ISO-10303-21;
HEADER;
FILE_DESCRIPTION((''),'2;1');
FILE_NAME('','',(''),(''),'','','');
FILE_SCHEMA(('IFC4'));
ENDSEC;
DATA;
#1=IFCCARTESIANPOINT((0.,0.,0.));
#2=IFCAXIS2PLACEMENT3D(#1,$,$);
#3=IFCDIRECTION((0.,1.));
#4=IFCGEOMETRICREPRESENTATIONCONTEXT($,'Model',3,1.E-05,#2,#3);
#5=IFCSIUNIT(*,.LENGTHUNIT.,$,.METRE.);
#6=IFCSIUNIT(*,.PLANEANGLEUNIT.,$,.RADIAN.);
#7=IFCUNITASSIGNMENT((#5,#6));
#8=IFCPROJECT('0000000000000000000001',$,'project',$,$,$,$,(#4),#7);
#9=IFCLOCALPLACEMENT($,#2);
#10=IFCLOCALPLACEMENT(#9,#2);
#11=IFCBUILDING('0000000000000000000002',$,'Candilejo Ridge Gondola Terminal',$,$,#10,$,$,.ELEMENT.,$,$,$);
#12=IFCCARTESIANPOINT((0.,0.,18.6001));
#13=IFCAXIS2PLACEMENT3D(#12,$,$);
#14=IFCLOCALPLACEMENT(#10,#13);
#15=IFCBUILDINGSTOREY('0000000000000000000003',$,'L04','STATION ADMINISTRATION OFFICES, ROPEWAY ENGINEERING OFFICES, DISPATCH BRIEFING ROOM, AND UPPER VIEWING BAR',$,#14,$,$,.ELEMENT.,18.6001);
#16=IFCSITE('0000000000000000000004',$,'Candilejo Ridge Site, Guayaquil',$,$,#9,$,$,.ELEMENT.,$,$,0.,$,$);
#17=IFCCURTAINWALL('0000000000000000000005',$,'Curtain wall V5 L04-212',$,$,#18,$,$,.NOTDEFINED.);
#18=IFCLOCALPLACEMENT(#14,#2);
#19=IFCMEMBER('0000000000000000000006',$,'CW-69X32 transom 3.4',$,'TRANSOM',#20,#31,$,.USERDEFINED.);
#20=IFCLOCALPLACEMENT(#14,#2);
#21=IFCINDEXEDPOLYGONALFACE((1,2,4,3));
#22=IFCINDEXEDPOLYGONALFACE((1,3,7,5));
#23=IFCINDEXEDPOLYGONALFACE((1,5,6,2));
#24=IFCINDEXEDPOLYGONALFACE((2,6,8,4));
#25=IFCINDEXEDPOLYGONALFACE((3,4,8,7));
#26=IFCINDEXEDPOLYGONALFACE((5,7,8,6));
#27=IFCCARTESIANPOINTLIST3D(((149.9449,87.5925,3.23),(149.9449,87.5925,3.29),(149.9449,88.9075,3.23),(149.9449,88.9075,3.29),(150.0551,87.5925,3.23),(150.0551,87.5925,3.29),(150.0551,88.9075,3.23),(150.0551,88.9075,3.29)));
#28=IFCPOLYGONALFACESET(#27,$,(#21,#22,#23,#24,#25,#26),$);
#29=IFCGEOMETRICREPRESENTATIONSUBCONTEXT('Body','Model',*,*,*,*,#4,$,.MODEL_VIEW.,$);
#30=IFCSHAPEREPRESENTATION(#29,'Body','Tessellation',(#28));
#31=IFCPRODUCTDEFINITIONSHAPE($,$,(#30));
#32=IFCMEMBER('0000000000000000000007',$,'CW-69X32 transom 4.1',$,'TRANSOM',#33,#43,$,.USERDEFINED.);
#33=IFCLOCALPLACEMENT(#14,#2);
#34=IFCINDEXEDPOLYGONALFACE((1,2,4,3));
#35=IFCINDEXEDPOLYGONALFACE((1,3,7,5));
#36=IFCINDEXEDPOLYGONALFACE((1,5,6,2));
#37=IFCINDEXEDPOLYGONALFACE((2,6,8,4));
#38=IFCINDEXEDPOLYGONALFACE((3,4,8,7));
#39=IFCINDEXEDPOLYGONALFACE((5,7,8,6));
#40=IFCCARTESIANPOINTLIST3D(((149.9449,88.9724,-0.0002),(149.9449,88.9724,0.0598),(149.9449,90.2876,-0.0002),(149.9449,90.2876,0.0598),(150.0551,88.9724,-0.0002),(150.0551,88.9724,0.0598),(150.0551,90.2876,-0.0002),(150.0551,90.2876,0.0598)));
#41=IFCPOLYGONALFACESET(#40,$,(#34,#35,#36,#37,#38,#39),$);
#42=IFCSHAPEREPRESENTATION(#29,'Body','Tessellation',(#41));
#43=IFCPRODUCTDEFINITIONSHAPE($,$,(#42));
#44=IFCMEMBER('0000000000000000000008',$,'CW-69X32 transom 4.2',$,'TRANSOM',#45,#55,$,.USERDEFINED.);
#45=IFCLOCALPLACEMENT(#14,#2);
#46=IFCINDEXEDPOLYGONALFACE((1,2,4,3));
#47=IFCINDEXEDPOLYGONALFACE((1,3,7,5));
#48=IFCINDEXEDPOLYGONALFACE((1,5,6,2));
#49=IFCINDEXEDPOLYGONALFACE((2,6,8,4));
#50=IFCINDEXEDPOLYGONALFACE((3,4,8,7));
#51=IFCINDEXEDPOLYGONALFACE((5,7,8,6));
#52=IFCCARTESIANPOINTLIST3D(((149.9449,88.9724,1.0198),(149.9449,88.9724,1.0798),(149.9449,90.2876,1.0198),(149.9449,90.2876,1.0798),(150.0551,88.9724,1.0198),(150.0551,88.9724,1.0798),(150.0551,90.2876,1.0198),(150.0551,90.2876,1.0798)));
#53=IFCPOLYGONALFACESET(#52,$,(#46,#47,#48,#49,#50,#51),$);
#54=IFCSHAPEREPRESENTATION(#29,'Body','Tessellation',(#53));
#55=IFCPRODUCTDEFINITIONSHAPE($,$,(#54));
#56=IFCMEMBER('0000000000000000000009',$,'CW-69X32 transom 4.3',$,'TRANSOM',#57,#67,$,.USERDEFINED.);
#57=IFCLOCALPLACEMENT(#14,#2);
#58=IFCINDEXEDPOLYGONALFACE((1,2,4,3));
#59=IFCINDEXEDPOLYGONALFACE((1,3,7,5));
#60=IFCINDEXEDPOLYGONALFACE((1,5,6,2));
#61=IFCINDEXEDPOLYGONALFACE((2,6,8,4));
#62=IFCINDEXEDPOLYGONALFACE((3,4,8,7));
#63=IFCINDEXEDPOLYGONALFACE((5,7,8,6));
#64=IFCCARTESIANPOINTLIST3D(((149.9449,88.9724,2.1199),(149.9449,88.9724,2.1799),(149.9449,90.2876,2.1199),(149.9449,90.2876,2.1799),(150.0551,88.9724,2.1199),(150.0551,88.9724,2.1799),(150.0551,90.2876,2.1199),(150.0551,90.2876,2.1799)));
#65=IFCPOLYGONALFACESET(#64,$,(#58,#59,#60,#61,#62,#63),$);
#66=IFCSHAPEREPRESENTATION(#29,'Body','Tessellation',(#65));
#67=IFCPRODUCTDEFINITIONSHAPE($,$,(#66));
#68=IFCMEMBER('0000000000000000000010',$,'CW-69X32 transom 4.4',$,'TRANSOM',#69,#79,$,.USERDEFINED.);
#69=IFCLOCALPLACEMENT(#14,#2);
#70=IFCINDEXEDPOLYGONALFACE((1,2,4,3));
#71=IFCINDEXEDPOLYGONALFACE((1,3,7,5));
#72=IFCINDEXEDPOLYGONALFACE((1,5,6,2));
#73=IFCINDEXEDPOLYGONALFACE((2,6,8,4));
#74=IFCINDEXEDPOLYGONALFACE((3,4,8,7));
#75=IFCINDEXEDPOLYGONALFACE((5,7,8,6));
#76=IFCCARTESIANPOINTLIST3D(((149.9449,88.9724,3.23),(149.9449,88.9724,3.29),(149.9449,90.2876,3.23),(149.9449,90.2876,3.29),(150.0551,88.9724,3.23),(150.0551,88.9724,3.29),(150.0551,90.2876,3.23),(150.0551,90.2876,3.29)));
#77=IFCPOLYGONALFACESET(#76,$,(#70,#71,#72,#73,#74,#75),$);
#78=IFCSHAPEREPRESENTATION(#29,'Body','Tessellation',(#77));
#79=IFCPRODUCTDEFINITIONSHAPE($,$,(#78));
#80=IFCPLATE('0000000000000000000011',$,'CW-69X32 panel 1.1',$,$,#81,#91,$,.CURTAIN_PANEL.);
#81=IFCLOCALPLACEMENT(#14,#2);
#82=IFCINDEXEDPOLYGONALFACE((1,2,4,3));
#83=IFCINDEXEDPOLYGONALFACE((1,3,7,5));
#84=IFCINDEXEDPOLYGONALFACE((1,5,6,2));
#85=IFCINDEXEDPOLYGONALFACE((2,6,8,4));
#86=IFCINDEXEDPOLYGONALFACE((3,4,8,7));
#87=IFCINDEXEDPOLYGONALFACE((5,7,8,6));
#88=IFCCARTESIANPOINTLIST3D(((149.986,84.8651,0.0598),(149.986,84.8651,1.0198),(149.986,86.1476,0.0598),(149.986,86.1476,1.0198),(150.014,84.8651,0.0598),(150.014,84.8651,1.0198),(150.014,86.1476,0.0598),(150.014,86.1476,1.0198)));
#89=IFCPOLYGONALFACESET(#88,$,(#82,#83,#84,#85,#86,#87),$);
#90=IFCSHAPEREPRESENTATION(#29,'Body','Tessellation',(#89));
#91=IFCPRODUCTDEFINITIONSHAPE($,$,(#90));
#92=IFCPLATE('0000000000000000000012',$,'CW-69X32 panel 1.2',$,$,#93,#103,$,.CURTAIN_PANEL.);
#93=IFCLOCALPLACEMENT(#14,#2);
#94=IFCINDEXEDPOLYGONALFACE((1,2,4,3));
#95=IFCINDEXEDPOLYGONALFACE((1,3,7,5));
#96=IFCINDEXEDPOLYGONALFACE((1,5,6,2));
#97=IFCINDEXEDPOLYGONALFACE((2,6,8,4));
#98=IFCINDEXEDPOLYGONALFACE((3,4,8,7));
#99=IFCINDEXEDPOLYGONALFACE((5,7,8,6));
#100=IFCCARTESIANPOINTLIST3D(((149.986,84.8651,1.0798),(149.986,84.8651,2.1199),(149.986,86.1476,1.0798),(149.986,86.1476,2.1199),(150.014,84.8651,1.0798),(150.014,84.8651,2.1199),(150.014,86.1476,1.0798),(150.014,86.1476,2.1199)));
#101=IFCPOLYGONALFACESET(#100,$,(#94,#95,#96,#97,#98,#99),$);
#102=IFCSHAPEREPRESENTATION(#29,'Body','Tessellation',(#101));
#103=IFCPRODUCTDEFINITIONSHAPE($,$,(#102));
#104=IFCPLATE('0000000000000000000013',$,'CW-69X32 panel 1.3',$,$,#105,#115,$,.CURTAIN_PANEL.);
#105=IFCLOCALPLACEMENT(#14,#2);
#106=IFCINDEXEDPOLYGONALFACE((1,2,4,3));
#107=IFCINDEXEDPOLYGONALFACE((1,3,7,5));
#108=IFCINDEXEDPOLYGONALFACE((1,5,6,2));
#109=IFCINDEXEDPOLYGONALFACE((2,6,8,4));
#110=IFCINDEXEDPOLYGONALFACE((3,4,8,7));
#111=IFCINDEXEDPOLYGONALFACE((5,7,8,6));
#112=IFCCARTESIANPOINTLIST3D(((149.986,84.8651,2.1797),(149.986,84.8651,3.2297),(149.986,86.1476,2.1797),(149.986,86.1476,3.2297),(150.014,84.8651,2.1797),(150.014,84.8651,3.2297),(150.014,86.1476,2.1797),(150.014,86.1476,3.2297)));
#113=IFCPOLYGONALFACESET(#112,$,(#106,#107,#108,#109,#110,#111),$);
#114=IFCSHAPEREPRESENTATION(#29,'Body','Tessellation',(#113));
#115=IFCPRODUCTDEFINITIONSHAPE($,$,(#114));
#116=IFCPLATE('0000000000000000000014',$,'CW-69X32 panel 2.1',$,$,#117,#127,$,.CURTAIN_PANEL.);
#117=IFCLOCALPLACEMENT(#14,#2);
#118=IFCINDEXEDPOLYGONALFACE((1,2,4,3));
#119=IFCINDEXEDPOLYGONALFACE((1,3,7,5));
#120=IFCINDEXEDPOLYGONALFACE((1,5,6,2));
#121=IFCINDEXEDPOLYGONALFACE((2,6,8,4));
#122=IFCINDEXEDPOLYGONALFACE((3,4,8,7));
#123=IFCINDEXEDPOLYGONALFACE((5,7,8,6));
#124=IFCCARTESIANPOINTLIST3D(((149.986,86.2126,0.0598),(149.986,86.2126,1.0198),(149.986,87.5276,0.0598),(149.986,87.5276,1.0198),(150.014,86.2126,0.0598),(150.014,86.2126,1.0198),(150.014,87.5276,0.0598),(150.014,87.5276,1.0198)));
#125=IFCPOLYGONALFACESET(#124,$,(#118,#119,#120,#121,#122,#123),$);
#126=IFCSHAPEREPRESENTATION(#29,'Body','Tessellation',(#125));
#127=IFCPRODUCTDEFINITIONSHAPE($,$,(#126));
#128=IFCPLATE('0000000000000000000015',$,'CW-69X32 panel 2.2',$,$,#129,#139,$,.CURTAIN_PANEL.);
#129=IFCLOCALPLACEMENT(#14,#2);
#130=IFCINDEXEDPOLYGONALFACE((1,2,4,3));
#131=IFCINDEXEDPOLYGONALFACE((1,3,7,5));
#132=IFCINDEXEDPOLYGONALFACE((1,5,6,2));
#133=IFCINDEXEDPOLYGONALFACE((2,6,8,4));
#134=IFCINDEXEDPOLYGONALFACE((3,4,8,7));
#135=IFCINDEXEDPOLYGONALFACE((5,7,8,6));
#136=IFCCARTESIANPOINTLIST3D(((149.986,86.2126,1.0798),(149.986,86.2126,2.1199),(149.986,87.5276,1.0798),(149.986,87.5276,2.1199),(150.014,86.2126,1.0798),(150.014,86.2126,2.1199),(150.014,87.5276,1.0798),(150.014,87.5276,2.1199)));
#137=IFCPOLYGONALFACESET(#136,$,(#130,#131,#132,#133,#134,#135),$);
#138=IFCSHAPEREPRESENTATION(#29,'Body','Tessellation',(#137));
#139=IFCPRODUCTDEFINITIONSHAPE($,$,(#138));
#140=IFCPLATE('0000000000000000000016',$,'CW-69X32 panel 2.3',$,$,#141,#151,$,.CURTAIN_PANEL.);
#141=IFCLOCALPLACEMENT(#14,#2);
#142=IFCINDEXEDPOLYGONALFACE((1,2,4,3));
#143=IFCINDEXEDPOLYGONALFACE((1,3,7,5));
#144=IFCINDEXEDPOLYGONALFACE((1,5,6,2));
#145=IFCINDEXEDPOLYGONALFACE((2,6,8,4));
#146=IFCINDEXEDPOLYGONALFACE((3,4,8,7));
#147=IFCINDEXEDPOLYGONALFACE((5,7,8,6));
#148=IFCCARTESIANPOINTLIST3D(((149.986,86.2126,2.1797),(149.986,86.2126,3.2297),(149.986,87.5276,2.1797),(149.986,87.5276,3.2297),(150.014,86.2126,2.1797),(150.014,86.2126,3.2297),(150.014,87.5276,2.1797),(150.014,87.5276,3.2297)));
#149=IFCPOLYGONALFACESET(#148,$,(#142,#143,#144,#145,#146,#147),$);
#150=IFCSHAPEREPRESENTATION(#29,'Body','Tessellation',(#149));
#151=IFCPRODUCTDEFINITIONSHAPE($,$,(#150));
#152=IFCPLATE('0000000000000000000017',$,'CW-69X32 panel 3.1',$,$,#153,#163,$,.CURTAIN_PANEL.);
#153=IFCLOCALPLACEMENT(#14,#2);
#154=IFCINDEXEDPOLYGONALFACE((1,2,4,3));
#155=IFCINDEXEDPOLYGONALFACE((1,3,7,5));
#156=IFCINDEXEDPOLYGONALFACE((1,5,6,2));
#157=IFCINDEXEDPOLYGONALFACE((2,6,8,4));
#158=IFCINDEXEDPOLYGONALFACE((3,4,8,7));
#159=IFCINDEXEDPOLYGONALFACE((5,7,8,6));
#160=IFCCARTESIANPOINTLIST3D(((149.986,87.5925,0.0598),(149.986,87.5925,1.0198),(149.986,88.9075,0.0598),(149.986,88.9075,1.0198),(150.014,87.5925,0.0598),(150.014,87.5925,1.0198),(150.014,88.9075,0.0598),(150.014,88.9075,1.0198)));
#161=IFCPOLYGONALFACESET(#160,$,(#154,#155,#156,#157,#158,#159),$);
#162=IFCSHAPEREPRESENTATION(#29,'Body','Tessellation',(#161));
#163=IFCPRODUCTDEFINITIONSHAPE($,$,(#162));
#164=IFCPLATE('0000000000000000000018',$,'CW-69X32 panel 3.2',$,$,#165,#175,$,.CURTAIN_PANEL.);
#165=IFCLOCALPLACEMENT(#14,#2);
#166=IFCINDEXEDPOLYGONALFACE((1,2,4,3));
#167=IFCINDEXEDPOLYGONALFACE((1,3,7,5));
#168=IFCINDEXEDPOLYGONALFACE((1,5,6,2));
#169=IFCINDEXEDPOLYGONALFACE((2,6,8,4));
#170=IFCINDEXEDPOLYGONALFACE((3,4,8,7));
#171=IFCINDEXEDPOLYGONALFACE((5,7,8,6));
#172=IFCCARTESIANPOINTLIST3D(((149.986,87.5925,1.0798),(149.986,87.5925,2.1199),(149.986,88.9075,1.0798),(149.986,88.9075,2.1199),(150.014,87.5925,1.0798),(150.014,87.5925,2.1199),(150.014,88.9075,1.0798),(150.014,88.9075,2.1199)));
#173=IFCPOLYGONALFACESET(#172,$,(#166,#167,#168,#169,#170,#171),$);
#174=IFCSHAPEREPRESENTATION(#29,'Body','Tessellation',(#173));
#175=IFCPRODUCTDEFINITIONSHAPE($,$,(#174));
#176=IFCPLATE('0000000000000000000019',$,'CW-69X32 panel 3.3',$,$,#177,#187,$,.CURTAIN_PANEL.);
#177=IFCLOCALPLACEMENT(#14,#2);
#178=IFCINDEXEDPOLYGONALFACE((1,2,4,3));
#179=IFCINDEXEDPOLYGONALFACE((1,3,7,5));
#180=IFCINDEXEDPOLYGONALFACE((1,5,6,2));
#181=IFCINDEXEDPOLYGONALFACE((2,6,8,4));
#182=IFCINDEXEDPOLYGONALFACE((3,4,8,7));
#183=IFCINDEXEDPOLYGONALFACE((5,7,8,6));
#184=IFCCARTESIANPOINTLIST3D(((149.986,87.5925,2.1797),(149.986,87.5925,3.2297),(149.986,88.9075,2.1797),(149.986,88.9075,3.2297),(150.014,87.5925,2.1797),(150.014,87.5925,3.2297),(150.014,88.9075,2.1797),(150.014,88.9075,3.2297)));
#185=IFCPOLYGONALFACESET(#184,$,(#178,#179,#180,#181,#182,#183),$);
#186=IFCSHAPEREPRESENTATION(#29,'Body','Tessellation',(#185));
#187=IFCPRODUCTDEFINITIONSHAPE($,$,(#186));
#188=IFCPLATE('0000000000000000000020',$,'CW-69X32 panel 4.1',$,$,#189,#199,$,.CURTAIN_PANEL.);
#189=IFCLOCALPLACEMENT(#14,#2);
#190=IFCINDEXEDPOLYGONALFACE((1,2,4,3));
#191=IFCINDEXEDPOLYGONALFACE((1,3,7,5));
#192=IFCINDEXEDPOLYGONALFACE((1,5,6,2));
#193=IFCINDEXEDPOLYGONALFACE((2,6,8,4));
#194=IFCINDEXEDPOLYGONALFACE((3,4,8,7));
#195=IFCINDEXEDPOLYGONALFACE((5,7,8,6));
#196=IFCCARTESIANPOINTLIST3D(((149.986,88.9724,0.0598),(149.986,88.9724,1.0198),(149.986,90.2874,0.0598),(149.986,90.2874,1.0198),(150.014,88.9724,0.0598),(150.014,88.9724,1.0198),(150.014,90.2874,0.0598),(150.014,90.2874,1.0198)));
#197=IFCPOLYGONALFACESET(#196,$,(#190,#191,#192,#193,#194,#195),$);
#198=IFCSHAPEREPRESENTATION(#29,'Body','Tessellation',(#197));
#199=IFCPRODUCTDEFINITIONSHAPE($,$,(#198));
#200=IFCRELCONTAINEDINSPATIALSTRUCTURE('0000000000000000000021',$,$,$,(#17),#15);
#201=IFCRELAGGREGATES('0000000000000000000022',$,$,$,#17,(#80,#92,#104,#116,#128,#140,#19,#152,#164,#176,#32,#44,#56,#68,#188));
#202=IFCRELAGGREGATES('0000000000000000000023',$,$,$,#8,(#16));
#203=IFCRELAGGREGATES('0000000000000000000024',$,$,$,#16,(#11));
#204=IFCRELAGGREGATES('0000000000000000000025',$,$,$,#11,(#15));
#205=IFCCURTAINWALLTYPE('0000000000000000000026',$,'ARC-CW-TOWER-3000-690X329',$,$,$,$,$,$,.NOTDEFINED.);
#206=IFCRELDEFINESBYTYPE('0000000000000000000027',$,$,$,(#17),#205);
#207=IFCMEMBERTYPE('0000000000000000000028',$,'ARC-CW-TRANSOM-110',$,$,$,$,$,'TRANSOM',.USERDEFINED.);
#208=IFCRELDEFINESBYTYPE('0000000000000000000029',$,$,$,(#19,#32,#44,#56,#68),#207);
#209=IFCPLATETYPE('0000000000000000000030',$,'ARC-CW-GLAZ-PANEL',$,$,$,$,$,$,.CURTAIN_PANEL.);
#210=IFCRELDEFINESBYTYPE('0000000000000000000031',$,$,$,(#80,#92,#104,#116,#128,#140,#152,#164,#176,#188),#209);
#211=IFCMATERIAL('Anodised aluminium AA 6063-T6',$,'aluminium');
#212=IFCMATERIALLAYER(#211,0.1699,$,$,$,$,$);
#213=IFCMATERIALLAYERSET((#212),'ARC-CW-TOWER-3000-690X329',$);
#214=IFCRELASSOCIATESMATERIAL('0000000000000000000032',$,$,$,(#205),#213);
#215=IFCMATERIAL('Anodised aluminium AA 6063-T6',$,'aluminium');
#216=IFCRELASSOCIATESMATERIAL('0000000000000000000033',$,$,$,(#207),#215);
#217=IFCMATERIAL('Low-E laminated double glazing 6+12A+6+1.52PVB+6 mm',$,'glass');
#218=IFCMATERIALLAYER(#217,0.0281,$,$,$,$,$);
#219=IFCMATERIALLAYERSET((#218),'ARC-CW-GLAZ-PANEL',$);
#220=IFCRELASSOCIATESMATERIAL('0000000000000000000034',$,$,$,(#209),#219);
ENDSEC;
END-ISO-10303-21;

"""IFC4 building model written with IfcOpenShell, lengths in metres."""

from ifc_helpers import new_model, si_unit, direction, frame, origin, origin_2d, place, context, subcontext, project, spatial, rectangle, extrude, material, layer, layer_set, material_profile, profile_set, type_object, element, aggregate, save


model = new_model("IFC4")

# Units and contexts
model_context = context("Model", 3, precision=1e-05, world=origin(), true_north=direction((0.0, 1.0)))
body_context = subcontext(model_context, "Body", "Model", "MODEL_VIEW")
ifc_project = project(units=[si_unit("LENGTHUNIT", "METRE"), si_unit("PLANEANGLEUNIT", "RADIAN")], contexts=[model_context])

# Site, building, storey
site_placement = place(None, origin())
site = spatial("IfcSite", under=ifc_project, at=site_placement, Name="Candilejo Ridge Site, Guayaquil", CompositionType="ELEMENT", RefElevation=0.0)
building_placement = place(site_placement, origin())
building = spatial("IfcBuilding", under=site, at=building_placement, Name="Candilejo Ridge Gondola Terminal", CompositionType="ELEMENT")
storey_placement = place(building_placement, frame((0.0, 0.0, 18.6001)))
storey = spatial("IfcBuildingStorey", under=building, at=storey_placement, Name="L04", Description="STATION ADMINISTRATION OFFICES, ROPEWAY ENGINEERING OFFICES, DISPATCH BRIEFING ROOM, AND UPPER VIEWING BAR", CompositionType="ELEMENT", Elevation=18.6001)

# Curtain wall, members, plates
ifc_material_1 = material(Name="Anodised aluminium AA 6063-T6", Category="aluminium")
ifc_layer_1 = layer(ifc_material_1, 0.1699)
ifc_layer_set_1 = layer_set([ifc_layer_1], Name="ARC-CW-TOWER-3000-690X329")
curtain_wall_type = type_object("IfcCurtainWallType", Name="ARC-CW-TOWER-3000-690X329", PredefinedType="NOTDEFINED", material=ifc_layer_set_1)
curtain_wall_placement = place(storey_placement, origin())
curtain_wall = element("IfcCurtainWall", 1, at=curtain_wall_placement, inside=storey, type_object=curtain_wall_type, Name="Curtain wall V5 L04-212", PredefinedType="NOTDEFINED")
ifc_material_2 = material(Name="Anodised aluminium AA 6063-T6", Category="aluminium")
ifc_material_profile_1 = material_profile(ifc_material_2, rectangle(XDim=0.1101, YDim=0.0601, at=origin_2d()))
ifc_profile_set_1 = profile_set([ifc_material_profile_1], Name="Anodised aluminium AA 6063-T6")
member_type_1 = type_object("IfcMemberType", Name="ARC-CW-TRANSOM-110", ElementType="TRANSOM", PredefinedType="USERDEFINED", material=ifc_profile_set_1)
member_1_placement = place(storey_placement, frame((150.0, 87.5925, 3.26), z_axis=(0.0, 1.0, 0.0), x_axis=(-1.0, 0.0, 0.0)))
member_1 = element("IfcMember", 2, at=member_1_placement, type_object=member_type_1, Name="CW-69X32 transom 3.4", ObjectType="TRANSOM", PredefinedType="USERDEFINED", context=body_context, shape_type="SweptSolid", body=[
    extrude(rectangle(XDim=0.1101, YDim=0.0601, at=origin_2d()), origin(), (0.0, 0.0, 1.0), 1.3149),
])
member_2_placement = place(storey_placement, frame((150.0, 88.9724, 0.0298), z_axis=(0.0, 1.0, 0.0), x_axis=(-1.0, 0.0, 0.0)))
member_2 = element("IfcMember", 3, at=member_2_placement, type_object=member_type_1, Name="CW-69X32 transom 4.1", ObjectType="TRANSOM", PredefinedType="USERDEFINED", context=body_context, shape_type="SweptSolid", body=[
    extrude(rectangle(XDim=0.1101, YDim=0.0601, at=origin_2d()), origin(), (0.0, 0.0, 1.0), 1.3152),
])
member_3_placement = place(storey_placement, frame((150.0, 88.9724, 1.0498), z_axis=(0.0, 1.0, 0.0), x_axis=(-1.0, 0.0, 0.0)))
member_3 = element("IfcMember", 4, at=member_3_placement, type_object=member_type_1, Name="CW-69X32 transom 4.2", ObjectType="TRANSOM", PredefinedType="USERDEFINED", context=body_context, shape_type="SweptSolid", body=[
    extrude(rectangle(XDim=0.1101, YDim=0.0601, at=origin_2d()), origin(), (0.0, 0.0, 1.0), 1.3152),
])
member_4_placement = place(storey_placement, frame((150.0, 88.9724, 2.1499), z_axis=(0.0, 1.0, 0.0), x_axis=(-1.0, 0.0, 0.0)))
member_4 = element("IfcMember", 5, at=member_4_placement, type_object=member_type_1, Name="CW-69X32 transom 4.3", ObjectType="TRANSOM", PredefinedType="USERDEFINED", context=body_context, shape_type="SweptSolid", body=[
    extrude(rectangle(XDim=0.1101, YDim=0.0601, at=origin_2d()), origin(), (0.0, 0.0, 1.0), 1.3152),
])
member_5_placement = place(storey_placement, frame((150.0, 88.9724, 3.26), z_axis=(0.0, 1.0, 0.0), x_axis=(-1.0, 0.0, 0.0)))
member_5 = element("IfcMember", 6, at=member_5_placement, type_object=member_type_1, Name="CW-69X32 transom 4.4", ObjectType="TRANSOM", PredefinedType="USERDEFINED", context=body_context, shape_type="SweptSolid", body=[
    extrude(rectangle(XDim=0.1101, YDim=0.0601, at=origin_2d()), origin(), (0.0, 0.0, 1.0), 1.3152),
])
ifc_material_3 = material(Name="Low-E laminated double glazing 6+12A+6+1.52PVB+6 mm", Category="glass")
ifc_layer_2 = layer(ifc_material_3, 0.0281)
ifc_layer_set_2 = layer_set([ifc_layer_2], Name="ARC-CW-GLAZ-PANEL")
plate_type = type_object("IfcPlateType", Name="ARC-CW-GLAZ-PANEL", PredefinedType="CURTAIN_PANEL", material=ifc_layer_set_2)
plate_1_placement = place(storey_placement, frame((150.0, 85.5063, 0.0598), z_axis=(0.0, 0.0, 1.0), x_axis=(0.0, 1.0, 0.0)))
plate_1 = element("IfcPlate", 7, at=plate_1_placement, type_object=plate_type, Name="CW-69X32 panel 1.1", PredefinedType="CURTAIN_PANEL", context=body_context, shape_type="SweptSolid", body=[
    extrude(rectangle(XDim=1.2825, YDim=0.0281, at=origin_2d()), origin(), (0.0, 0.0, 1.0), 0.96),
])
plate_2_placement = place(storey_placement, frame((150.0, 85.5063, 1.0798), z_axis=(0.0, 0.0, 1.0), x_axis=(0.0, 1.0, 0.0)))
plate_2 = element("IfcPlate", 8, at=plate_2_placement, type_object=plate_type, Name="CW-69X32 panel 1.2", PredefinedType="CURTAIN_PANEL", context=body_context, shape_type="SweptSolid", body=[
    extrude(rectangle(XDim=1.2825, YDim=0.0281, at=origin_2d()), origin(), (0.0, 0.0, 1.0), 1.04),
])
plate_3_placement = place(storey_placement, frame((150.0, 85.5063, 2.1797), z_axis=(0.0, 0.0, 1.0), x_axis=(0.0, 1.0, 0.0)))
plate_3 = element("IfcPlate", 9, at=plate_3_placement, type_object=plate_type, Name="CW-69X32 panel 1.3", PredefinedType="CURTAIN_PANEL", context=body_context, shape_type="SweptSolid", body=[
    extrude(rectangle(XDim=1.2825, YDim=0.0281, at=origin_2d()), origin(), (0.0, 0.0, 1.0), 1.05),
])
plate_4_placement = place(storey_placement, frame((150.0, 86.8701, 0.0598), z_axis=(0.0, 0.0, 1.0), x_axis=(0.0, 1.0, 0.0)))
plate_4 = element("IfcPlate", 10, at=plate_4_placement, type_object=plate_type, Name="CW-69X32 panel 2.1", PredefinedType="CURTAIN_PANEL", context=body_context, shape_type="SweptSolid", body=[
    extrude(rectangle(XDim=1.3149, YDim=0.0281, at=origin_2d()), origin(), (0.0, 0.0, 1.0), 0.96),
])
plate_5_placement = place(storey_placement, frame((150.0, 86.8701, 1.0798), z_axis=(0.0, 0.0, 1.0), x_axis=(0.0, 1.0, 0.0)))
plate_5 = element("IfcPlate", 11, at=plate_5_placement, type_object=plate_type, Name="CW-69X32 panel 2.2", PredefinedType="CURTAIN_PANEL", context=body_context, shape_type="SweptSolid", body=[
    extrude(rectangle(XDim=1.3149, YDim=0.0281, at=origin_2d()), origin(), (0.0, 0.0, 1.0), 1.04),
])
plate_6_placement = place(storey_placement, frame((150.0, 86.8701, 2.1797), z_axis=(0.0, 0.0, 1.0), x_axis=(0.0, 1.0, 0.0)))
plate_6 = element("IfcPlate", 12, at=plate_6_placement, type_object=plate_type, Name="CW-69X32 panel 2.3", PredefinedType="CURTAIN_PANEL", context=body_context, shape_type="SweptSolid", body=[
    extrude(rectangle(XDim=1.3149, YDim=0.0281, at=origin_2d()), origin(), (0.0, 0.0, 1.0), 1.05),
])
plate_7_placement = place(storey_placement, frame((150.0, 88.25, 0.0598), z_axis=(0.0, 0.0, 1.0), x_axis=(0.0, 1.0, 0.0)))
plate_7 = element("IfcPlate", 13, at=plate_7_placement, type_object=plate_type, Name="CW-69X32 panel 3.1", PredefinedType="CURTAIN_PANEL", context=body_context, shape_type="SweptSolid", body=[
    extrude(rectangle(XDim=1.3149, YDim=0.0281, at=origin_2d()), origin(), (0.0, 0.0, 1.0), 0.96),
])
plate_8_placement = place(storey_placement, frame((150.0, 88.25, 1.0798), z_axis=(0.0, 0.0, 1.0), x_axis=(0.0, 1.0, 0.0)))
plate_8 = element("IfcPlate", 14, at=plate_8_placement, type_object=plate_type, Name="CW-69X32 panel 3.2", PredefinedType="CURTAIN_PANEL", context=body_context, shape_type="SweptSolid", body=[
    extrude(rectangle(XDim=1.3149, YDim=0.0281, at=origin_2d()), origin(), (0.0, 0.0, 1.0), 1.04),
])
plate_9_placement = place(storey_placement, frame((150.0, 88.25, 2.1797), z_axis=(0.0, 0.0, 1.0), x_axis=(0.0, 1.0, 0.0)))
plate_9 = element("IfcPlate", 15, at=plate_9_placement, type_object=plate_type, Name="CW-69X32 panel 3.3", PredefinedType="CURTAIN_PANEL", context=body_context, shape_type="SweptSolid", body=[
    extrude(rectangle(XDim=1.3149, YDim=0.0281, at=origin_2d()), origin(), (0.0, 0.0, 1.0), 1.05),
])
plate_10_placement = place(storey_placement, frame((150.0, 89.6299, 0.0598), z_axis=(0.0, 0.0, 1.0), x_axis=(0.0, 1.0, 0.0)))
plate_10 = element("IfcPlate", 16, at=plate_10_placement, type_object=plate_type, Name="CW-69X32 panel 4.1", PredefinedType="CURTAIN_PANEL", context=body_context, shape_type="SweptSolid", body=[
    extrude(rectangle(XDim=1.3149, YDim=0.0281, at=origin_2d()), origin(), (0.0, 0.0, 1.0), 0.96),
])
aggregate(curtain_wall, [plate_1, plate_2, plate_3, plate_4, plate_5, plate_6, member_1, plate_7, plate_8, plate_9, member_2, member_3, member_4, member_5, plate_10])

save(model, "model.ifc")
